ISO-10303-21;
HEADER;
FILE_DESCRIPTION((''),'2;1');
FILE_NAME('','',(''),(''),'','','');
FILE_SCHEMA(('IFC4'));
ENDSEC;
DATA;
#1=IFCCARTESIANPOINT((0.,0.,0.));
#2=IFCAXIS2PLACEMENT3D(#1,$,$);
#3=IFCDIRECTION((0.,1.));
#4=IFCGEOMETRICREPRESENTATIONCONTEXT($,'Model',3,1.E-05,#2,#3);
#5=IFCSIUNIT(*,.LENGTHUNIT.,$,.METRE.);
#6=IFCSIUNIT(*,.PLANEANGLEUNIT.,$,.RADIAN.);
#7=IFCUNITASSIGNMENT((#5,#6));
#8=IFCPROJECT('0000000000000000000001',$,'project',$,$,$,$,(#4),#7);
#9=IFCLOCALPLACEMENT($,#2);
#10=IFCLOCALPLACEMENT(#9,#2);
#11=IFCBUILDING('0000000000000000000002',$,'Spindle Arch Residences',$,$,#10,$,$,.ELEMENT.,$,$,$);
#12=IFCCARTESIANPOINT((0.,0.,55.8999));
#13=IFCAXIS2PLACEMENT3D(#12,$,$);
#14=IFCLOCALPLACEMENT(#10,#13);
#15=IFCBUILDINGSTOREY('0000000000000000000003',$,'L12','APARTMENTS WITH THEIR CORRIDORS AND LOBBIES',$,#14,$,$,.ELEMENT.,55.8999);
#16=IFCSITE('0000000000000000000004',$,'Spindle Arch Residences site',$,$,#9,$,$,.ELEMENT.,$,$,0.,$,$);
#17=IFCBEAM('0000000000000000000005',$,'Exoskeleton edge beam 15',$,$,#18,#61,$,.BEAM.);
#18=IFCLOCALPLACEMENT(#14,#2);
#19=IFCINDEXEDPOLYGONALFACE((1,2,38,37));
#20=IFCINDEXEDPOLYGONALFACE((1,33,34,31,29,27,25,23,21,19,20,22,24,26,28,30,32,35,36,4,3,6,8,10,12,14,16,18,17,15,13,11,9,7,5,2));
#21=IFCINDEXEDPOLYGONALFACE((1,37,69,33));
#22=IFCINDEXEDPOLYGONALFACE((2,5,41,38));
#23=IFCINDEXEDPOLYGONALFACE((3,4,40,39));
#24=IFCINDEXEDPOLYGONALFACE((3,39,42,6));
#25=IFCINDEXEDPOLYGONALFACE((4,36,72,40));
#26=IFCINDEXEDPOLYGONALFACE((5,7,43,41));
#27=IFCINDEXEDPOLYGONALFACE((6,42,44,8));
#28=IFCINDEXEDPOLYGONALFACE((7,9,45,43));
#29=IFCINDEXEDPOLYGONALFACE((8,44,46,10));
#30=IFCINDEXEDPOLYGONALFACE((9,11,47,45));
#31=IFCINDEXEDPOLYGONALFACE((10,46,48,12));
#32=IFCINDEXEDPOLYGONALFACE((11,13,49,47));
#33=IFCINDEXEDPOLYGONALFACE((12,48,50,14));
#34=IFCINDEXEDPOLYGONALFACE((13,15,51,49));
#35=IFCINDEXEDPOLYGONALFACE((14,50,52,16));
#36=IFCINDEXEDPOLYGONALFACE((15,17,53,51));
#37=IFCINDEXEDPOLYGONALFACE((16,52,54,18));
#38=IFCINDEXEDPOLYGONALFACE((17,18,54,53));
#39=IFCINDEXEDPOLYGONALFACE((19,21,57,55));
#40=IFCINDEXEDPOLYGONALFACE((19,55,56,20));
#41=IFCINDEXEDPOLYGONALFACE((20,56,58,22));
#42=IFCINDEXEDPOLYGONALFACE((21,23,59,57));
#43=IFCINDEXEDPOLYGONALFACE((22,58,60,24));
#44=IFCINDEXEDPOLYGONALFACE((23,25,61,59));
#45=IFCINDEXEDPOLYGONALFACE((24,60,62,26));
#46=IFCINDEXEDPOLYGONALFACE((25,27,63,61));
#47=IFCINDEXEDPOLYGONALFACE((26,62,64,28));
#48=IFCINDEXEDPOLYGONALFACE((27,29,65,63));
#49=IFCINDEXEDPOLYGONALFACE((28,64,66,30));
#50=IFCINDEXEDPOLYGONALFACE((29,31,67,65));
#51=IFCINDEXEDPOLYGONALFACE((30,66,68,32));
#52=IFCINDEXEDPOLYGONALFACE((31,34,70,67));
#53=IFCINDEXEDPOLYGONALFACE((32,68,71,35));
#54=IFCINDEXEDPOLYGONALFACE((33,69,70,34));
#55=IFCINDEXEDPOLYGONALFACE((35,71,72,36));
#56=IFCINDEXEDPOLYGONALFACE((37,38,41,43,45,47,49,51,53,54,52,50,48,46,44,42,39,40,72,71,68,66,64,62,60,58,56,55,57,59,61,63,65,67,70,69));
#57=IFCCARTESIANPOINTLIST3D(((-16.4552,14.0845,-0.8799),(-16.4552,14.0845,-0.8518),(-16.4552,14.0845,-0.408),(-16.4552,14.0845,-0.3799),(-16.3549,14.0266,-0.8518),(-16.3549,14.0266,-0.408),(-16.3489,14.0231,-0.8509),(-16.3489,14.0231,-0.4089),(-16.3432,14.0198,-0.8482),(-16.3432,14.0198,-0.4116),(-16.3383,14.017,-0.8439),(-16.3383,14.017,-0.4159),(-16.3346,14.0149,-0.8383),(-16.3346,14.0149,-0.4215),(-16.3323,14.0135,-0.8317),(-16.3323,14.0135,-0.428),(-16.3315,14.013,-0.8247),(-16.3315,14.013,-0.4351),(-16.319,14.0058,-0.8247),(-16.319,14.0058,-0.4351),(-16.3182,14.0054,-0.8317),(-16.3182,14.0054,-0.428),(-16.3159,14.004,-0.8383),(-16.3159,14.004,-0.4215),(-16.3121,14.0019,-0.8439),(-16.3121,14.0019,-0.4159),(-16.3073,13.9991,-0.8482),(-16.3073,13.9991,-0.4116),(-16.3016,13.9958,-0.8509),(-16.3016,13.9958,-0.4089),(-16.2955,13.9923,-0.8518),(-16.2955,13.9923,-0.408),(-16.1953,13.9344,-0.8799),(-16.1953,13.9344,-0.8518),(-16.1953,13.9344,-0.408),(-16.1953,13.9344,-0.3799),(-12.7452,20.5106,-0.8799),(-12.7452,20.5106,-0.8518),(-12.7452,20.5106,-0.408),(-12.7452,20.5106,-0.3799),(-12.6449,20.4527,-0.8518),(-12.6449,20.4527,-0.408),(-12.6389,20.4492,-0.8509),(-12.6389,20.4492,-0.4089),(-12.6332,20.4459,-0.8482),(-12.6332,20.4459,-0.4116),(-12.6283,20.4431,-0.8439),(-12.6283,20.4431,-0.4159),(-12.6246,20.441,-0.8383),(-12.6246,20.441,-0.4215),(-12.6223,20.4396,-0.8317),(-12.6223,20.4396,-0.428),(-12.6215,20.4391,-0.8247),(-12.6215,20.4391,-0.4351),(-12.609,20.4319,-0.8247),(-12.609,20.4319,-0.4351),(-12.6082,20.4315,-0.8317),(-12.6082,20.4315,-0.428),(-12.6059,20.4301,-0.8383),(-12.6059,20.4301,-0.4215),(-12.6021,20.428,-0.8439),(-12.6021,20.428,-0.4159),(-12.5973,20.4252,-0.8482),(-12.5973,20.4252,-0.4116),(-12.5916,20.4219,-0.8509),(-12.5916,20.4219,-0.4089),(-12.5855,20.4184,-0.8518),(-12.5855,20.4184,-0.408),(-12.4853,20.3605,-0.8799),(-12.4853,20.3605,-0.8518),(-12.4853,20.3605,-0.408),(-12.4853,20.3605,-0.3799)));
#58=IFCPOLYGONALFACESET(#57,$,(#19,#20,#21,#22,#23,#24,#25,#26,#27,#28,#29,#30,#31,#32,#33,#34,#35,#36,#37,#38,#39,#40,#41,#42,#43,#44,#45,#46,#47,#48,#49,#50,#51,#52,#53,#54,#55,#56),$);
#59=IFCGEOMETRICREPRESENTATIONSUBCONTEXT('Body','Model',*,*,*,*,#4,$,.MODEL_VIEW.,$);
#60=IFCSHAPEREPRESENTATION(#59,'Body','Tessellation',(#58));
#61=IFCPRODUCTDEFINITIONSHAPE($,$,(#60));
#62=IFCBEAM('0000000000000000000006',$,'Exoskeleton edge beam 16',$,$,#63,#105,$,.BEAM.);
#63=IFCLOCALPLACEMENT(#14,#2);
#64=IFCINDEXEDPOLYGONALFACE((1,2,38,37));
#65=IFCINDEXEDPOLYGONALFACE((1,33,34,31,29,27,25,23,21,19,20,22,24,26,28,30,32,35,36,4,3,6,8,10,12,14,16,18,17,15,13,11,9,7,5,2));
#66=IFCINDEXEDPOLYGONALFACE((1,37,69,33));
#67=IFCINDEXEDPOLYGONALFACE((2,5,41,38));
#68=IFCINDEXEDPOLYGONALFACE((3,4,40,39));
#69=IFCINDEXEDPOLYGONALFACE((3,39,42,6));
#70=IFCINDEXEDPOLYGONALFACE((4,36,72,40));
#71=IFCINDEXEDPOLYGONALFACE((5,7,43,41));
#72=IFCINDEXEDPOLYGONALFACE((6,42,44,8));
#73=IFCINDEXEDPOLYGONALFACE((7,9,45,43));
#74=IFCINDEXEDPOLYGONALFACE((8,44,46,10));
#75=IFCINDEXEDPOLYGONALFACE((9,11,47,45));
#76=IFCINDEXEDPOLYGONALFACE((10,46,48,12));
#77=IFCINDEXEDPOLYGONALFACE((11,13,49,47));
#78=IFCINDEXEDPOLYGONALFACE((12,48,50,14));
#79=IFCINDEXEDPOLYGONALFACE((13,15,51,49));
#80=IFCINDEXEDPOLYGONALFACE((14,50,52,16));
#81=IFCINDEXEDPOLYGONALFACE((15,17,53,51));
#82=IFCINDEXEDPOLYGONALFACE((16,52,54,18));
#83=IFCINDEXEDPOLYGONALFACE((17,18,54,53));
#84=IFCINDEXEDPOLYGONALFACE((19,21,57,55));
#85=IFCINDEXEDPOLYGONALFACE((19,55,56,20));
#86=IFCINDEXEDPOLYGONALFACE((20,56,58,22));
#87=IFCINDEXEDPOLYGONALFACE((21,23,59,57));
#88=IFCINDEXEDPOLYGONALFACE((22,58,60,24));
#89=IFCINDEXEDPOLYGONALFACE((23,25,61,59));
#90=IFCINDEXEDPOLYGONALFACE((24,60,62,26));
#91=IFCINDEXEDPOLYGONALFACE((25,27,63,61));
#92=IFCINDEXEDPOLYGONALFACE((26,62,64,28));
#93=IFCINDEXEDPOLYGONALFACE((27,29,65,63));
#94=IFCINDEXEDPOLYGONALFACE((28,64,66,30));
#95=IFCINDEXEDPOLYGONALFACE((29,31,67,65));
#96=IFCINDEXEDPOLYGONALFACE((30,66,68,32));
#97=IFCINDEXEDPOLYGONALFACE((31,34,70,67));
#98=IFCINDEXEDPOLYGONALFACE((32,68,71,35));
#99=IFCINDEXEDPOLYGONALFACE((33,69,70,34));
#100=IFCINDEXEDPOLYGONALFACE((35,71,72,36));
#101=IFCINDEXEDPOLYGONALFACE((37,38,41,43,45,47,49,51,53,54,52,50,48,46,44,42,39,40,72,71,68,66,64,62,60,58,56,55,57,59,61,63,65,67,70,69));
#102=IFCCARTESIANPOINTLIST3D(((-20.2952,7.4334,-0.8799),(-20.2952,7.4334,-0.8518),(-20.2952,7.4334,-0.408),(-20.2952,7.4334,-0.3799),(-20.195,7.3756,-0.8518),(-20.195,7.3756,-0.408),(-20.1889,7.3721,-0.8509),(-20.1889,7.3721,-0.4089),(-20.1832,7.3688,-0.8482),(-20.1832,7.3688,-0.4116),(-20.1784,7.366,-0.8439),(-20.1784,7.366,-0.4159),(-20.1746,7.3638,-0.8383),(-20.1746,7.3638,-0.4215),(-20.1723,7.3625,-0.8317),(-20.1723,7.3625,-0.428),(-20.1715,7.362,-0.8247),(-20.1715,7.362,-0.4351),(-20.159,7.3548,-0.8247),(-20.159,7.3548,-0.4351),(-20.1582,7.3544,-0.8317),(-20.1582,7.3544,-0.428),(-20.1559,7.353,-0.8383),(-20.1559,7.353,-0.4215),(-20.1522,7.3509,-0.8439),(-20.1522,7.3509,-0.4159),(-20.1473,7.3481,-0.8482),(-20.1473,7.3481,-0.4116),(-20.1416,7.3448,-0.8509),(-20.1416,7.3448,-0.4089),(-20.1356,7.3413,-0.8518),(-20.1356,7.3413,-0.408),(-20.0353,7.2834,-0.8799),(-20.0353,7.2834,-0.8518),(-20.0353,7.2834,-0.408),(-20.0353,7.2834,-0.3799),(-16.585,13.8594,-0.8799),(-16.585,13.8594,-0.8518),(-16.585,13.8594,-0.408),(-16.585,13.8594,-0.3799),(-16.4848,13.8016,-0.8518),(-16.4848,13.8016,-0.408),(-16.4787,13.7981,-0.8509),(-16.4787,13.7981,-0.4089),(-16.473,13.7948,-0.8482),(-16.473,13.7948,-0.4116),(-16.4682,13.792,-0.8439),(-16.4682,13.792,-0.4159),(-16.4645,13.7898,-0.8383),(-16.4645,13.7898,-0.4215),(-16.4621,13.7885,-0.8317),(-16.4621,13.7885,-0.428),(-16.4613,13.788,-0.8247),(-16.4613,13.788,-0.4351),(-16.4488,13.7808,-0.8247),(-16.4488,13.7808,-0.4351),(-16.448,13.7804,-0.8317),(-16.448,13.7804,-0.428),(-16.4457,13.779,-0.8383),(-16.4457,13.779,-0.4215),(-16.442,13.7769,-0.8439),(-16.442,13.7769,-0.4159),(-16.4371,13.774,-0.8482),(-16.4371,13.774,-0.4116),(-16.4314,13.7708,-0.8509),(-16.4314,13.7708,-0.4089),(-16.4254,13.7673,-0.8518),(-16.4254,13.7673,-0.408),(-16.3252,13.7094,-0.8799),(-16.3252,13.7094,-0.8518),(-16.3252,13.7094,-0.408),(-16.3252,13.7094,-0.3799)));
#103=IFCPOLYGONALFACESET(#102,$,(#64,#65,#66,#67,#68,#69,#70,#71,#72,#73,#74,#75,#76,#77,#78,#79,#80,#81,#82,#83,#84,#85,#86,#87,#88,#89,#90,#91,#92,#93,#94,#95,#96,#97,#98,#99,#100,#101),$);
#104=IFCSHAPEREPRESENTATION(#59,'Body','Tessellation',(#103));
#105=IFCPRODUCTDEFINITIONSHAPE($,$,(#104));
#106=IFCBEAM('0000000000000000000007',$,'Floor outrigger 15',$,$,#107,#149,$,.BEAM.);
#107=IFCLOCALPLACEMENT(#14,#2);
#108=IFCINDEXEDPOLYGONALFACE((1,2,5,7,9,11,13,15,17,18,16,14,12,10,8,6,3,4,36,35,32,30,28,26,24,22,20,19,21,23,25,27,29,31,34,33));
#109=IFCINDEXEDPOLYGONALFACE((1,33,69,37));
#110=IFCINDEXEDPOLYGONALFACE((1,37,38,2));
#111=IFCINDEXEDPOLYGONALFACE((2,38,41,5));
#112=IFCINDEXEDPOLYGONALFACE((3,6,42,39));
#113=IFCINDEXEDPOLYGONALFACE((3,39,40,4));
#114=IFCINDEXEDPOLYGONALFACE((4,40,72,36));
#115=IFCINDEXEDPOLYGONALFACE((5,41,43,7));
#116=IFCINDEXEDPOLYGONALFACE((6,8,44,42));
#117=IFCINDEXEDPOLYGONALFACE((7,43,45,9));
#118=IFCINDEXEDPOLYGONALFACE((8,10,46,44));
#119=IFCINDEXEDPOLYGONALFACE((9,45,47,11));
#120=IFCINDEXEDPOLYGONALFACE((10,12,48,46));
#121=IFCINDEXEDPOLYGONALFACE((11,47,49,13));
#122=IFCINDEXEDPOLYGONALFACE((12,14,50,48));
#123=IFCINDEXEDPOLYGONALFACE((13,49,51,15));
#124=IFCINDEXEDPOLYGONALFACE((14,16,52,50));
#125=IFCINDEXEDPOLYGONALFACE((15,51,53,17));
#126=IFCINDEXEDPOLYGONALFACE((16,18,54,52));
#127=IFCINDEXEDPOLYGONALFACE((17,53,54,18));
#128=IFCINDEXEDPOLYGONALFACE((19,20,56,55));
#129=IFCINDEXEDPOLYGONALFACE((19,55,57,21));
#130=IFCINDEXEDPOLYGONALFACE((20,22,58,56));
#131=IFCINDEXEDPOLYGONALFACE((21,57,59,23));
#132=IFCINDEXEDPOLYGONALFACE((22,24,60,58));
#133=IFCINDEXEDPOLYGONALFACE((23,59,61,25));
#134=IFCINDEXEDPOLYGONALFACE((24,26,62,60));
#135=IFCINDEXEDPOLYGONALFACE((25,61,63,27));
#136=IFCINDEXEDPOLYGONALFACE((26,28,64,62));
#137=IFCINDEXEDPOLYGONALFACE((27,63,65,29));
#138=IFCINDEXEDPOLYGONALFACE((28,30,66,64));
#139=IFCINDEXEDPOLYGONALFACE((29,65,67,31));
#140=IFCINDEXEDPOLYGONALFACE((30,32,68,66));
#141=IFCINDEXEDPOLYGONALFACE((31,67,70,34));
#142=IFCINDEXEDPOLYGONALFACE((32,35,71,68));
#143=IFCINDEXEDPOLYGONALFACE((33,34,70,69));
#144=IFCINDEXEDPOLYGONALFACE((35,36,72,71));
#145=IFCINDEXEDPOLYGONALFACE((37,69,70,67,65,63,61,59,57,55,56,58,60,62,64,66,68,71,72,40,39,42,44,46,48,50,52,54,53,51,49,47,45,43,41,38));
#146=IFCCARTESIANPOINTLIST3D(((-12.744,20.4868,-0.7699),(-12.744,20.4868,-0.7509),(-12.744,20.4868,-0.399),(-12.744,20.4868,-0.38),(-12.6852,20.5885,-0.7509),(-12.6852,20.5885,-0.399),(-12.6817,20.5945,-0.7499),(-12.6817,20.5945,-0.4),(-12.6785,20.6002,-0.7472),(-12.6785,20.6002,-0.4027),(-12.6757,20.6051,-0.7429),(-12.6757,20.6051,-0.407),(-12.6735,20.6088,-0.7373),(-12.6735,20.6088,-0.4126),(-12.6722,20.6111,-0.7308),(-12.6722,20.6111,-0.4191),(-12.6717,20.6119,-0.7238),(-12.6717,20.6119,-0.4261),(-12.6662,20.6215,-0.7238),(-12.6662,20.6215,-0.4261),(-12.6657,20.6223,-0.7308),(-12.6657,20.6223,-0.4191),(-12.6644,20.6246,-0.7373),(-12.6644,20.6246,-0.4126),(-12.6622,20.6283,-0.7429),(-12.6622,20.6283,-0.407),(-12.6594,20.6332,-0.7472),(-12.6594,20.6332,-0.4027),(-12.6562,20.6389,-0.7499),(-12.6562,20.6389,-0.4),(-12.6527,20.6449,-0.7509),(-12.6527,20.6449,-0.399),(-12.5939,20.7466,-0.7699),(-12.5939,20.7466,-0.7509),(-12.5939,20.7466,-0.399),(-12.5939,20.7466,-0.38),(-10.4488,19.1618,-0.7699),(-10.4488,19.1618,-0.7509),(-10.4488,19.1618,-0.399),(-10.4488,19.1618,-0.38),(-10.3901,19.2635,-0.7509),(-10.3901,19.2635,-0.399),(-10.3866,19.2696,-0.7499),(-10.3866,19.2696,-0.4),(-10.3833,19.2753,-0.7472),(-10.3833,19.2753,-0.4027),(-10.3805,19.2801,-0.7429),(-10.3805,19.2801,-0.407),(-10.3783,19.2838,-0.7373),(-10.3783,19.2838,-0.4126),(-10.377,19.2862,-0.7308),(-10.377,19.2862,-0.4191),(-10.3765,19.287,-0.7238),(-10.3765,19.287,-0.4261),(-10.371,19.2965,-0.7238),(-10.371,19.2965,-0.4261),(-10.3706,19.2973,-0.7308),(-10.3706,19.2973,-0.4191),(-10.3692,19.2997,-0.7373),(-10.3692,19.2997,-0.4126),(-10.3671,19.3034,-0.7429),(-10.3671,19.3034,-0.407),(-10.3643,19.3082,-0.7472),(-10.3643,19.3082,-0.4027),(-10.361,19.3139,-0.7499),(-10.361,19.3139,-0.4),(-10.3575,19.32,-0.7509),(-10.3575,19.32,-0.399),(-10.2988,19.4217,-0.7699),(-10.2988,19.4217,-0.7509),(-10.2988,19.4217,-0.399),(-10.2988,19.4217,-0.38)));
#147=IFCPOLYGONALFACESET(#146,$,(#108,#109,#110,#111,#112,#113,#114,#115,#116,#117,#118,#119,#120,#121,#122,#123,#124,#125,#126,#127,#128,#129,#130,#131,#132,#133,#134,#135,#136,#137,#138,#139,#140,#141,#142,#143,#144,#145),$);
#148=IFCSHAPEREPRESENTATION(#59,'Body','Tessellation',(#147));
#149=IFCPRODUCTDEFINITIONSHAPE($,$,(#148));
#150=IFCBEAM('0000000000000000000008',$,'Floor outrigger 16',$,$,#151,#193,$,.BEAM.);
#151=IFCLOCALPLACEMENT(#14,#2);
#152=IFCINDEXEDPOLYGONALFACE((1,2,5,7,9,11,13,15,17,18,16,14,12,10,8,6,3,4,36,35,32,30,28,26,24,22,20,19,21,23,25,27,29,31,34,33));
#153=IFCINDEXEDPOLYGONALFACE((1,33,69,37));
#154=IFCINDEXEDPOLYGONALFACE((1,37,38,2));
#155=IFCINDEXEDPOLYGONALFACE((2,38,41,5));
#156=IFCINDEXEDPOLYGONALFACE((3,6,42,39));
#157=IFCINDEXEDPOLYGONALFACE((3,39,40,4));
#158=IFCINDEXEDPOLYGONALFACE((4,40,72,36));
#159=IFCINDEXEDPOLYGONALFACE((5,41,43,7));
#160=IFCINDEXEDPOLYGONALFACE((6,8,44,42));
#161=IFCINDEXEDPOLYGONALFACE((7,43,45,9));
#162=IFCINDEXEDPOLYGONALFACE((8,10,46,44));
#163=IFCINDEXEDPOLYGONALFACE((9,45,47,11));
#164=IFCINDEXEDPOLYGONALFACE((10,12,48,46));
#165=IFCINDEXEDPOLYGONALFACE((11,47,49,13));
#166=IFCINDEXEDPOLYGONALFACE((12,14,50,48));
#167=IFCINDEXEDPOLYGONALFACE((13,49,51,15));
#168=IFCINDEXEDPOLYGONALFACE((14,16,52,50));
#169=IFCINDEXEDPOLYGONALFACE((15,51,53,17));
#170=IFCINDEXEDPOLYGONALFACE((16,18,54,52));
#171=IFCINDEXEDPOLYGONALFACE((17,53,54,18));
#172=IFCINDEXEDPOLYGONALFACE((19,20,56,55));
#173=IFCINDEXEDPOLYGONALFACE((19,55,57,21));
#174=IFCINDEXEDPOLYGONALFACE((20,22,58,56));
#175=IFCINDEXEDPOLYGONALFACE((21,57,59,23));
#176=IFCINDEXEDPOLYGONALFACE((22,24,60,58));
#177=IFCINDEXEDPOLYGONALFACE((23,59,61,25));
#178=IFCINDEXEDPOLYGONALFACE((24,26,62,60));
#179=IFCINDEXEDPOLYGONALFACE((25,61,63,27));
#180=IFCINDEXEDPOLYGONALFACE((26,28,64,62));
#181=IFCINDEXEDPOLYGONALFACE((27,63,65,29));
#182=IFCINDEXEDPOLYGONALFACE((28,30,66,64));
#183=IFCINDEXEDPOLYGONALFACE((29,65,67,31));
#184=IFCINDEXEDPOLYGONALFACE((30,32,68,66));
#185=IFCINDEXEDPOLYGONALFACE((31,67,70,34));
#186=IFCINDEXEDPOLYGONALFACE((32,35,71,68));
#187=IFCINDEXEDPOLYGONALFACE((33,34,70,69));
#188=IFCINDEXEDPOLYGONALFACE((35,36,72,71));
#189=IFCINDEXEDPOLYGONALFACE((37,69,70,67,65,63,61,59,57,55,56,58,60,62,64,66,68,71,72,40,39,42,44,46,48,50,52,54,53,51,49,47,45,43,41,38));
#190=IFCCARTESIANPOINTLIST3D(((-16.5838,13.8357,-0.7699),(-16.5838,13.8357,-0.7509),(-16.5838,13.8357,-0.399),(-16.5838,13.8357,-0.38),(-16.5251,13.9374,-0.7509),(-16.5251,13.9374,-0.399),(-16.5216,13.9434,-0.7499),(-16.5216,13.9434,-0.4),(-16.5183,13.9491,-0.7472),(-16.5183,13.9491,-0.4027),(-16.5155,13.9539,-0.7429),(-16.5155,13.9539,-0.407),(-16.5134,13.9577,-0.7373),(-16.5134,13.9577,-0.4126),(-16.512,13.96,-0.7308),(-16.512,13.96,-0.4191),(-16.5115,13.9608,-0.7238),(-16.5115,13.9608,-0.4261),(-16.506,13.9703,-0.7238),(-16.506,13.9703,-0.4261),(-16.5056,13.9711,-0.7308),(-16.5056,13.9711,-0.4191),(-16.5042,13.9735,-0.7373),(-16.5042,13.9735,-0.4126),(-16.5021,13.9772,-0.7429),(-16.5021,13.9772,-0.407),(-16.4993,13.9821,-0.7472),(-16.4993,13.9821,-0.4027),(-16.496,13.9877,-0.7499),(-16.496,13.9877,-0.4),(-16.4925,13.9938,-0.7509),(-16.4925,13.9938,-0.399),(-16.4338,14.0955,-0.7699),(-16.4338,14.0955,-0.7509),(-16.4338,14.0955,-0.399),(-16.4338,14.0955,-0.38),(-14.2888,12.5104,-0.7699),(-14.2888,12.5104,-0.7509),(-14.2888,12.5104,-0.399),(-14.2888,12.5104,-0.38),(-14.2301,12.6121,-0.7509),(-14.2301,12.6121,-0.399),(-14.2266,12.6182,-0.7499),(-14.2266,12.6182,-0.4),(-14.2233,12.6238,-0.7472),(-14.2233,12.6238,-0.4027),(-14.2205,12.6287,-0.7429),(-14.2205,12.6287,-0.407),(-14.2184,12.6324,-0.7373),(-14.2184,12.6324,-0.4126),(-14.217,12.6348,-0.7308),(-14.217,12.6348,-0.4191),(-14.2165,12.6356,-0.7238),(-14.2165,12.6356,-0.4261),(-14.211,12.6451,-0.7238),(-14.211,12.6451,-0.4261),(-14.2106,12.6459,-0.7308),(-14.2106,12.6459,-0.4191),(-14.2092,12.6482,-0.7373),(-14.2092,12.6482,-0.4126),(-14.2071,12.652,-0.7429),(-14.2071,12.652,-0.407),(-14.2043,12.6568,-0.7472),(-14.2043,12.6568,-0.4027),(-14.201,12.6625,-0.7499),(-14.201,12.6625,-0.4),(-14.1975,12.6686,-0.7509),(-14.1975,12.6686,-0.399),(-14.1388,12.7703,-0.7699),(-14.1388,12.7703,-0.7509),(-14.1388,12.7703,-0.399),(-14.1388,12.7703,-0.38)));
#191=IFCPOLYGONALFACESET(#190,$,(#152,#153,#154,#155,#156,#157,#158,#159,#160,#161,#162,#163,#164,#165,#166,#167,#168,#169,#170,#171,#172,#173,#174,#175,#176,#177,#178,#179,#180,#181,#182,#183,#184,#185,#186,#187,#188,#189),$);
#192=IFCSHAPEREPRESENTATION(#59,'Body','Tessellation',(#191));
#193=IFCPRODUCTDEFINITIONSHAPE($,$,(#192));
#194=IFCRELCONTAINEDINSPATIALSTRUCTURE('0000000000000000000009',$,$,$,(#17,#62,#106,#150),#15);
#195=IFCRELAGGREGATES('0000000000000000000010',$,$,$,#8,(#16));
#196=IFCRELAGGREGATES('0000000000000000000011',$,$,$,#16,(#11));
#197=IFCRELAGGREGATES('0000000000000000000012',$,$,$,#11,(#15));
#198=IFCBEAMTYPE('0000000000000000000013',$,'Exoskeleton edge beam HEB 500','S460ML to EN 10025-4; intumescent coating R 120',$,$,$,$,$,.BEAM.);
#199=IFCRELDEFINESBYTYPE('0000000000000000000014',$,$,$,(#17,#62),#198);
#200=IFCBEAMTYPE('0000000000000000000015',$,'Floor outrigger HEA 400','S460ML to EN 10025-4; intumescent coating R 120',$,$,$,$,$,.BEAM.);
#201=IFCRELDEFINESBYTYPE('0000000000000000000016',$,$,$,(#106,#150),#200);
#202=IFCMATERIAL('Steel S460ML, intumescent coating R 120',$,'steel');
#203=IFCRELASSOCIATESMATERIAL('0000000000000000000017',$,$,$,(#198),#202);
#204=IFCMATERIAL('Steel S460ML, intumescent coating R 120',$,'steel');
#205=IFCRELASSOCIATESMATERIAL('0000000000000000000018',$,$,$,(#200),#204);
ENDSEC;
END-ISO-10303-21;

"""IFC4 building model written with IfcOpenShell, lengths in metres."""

from ifc_helpers import new_model, si_unit, direction, frame, origin, origin_2d, place, context, subcontext, project, spatial, i_section, extrude, material, material_profile, profile_set, type_object, element, save


model = new_model("IFC4")

# Units and contexts
model_context = context("Model", 3, precision=1e-05, world=origin(), true_north=direction((0.0, 1.0)))
body_context = subcontext(model_context, "Body", "Model", "MODEL_VIEW")
ifc_project = project(units=[si_unit("LENGTHUNIT", "METRE"), si_unit("PLANEANGLEUNIT", "RADIAN")], contexts=[model_context])

# Site, building, storey
site_placement = place(None, origin())
site = spatial("IfcSite", under=ifc_project, at=site_placement, Name="Spindle Arch Residences site", CompositionType="ELEMENT", RefElevation=0.0)
building_placement = place(site_placement, origin())
building = spatial("IfcBuilding", under=site, at=building_placement, Name="Spindle Arch Residences", CompositionType="ELEMENT")
storey_placement = place(building_placement, frame((0.0, 0.0, 55.8999)))
storey = spatial("IfcBuildingStorey", under=building, at=storey_placement, Name="L12", Description="APARTMENTS WITH THEIR CORRIDORS AND LOBBIES", CompositionType="ELEMENT", Elevation=55.8999)

# Beams
ifc_material_1 = material(Name="Steel S460ML, intumescent coating R 120", Category="steel")
ifc_material_profile_1 = material_profile(ifc_material_1, i_section(OverallWidth=0.3, OverallDepth=0.5, WebThickness=0.0144, FlangeThickness=0.0281, FilletRadius=0.0271, at=origin_2d()), Name="HEB 500")
ifc_profile_set_1 = profile_set([ifc_material_profile_1], Name="Steel S460ML, intumescent coating R 120")
beam_type_1 = type_object("IfcBeamType", Name="Exoskeleton edge beam HEB 500", Description="S460ML to EN 10025-4; intumescent coating R 120", PredefinedType="BEAM", material=ifc_profile_set_1)
for number, where, z_axis, x_axis, name in (
    (1, (-12.6152, 20.4355, -0.6299), (-0.499989, -0.866032, 0.0), (0.866032, -0.499989, 0.0), "Exoskeleton edge beam 15"),
    (2, (-16.4551, 13.7844, -0.6299), (-0.500014, -0.866017, 0.0), (0.866017, -0.500014, 0.0), "Exoskeleton edge beam 16"),
):
    element("IfcBeam", number, at=place(storey_placement, frame(where, z_axis=z_axis, x_axis=x_axis)), inside=storey, type_object=beam_type_1, Name=name, PredefinedType="BEAM", context=body_context, shape_type="SweptSolid", body=[
        extrude(i_section(OverallWidth=0.3, OverallDepth=0.5, WebThickness=0.0144, FlangeThickness=0.0281, FilletRadius=0.0271, at=origin_2d()), origin(), (0.0, 0.0, 1.0), 7.4202),
    ])
ifc_material_2 = material(Name="Steel S460ML, intumescent coating R 120", Category="steel")
ifc_material_profile_2 = material_profile(ifc_material_2, i_section(OverallWidth=0.3, OverallDepth=0.3899, WebThickness=0.011, FlangeThickness=0.019, FilletRadius=0.0271, at=origin_2d()), Name="HEA 400")
ifc_profile_set_2 = profile_set([ifc_material_profile_2], Name="Steel S460ML, intumescent coating R 120")
beam_type_2 = type_object("IfcBeamType", Name="Floor outrigger HEA 400", Description="S460ML to EN 10025-4; intumescent coating R 120", PredefinedType="BEAM", material=ifc_profile_set_2)
for number, where, z_axis, x_axis, name in (
    (3, (-12.6689, 20.6167, -0.575), (0.866052, -0.499954, 0.0), (0.499954, 0.866052, 0.0), "Floor outrigger 15"),
    (4, (-16.5088, 13.9656, -0.575), (0.865989, -0.500063, 0.0), (0.500063, 0.865989, 0.0), "Floor outrigger 16"),
):
    element("IfcBeam", number, at=place(storey_placement, frame(where, z_axis=z_axis, x_axis=x_axis)), inside=storey, type_object=beam_type_2, Name=name, PredefinedType="BEAM", context=body_context, shape_type="SweptSolid", body=[
        extrude(i_section(OverallWidth=0.3, OverallDepth=0.3899, WebThickness=0.011, FlangeThickness=0.019, FilletRadius=0.0271, at=origin_2d()), origin(), (0.0, 0.0, 1.0), 2.6501),
    ])

save(model, "model.ifc")
